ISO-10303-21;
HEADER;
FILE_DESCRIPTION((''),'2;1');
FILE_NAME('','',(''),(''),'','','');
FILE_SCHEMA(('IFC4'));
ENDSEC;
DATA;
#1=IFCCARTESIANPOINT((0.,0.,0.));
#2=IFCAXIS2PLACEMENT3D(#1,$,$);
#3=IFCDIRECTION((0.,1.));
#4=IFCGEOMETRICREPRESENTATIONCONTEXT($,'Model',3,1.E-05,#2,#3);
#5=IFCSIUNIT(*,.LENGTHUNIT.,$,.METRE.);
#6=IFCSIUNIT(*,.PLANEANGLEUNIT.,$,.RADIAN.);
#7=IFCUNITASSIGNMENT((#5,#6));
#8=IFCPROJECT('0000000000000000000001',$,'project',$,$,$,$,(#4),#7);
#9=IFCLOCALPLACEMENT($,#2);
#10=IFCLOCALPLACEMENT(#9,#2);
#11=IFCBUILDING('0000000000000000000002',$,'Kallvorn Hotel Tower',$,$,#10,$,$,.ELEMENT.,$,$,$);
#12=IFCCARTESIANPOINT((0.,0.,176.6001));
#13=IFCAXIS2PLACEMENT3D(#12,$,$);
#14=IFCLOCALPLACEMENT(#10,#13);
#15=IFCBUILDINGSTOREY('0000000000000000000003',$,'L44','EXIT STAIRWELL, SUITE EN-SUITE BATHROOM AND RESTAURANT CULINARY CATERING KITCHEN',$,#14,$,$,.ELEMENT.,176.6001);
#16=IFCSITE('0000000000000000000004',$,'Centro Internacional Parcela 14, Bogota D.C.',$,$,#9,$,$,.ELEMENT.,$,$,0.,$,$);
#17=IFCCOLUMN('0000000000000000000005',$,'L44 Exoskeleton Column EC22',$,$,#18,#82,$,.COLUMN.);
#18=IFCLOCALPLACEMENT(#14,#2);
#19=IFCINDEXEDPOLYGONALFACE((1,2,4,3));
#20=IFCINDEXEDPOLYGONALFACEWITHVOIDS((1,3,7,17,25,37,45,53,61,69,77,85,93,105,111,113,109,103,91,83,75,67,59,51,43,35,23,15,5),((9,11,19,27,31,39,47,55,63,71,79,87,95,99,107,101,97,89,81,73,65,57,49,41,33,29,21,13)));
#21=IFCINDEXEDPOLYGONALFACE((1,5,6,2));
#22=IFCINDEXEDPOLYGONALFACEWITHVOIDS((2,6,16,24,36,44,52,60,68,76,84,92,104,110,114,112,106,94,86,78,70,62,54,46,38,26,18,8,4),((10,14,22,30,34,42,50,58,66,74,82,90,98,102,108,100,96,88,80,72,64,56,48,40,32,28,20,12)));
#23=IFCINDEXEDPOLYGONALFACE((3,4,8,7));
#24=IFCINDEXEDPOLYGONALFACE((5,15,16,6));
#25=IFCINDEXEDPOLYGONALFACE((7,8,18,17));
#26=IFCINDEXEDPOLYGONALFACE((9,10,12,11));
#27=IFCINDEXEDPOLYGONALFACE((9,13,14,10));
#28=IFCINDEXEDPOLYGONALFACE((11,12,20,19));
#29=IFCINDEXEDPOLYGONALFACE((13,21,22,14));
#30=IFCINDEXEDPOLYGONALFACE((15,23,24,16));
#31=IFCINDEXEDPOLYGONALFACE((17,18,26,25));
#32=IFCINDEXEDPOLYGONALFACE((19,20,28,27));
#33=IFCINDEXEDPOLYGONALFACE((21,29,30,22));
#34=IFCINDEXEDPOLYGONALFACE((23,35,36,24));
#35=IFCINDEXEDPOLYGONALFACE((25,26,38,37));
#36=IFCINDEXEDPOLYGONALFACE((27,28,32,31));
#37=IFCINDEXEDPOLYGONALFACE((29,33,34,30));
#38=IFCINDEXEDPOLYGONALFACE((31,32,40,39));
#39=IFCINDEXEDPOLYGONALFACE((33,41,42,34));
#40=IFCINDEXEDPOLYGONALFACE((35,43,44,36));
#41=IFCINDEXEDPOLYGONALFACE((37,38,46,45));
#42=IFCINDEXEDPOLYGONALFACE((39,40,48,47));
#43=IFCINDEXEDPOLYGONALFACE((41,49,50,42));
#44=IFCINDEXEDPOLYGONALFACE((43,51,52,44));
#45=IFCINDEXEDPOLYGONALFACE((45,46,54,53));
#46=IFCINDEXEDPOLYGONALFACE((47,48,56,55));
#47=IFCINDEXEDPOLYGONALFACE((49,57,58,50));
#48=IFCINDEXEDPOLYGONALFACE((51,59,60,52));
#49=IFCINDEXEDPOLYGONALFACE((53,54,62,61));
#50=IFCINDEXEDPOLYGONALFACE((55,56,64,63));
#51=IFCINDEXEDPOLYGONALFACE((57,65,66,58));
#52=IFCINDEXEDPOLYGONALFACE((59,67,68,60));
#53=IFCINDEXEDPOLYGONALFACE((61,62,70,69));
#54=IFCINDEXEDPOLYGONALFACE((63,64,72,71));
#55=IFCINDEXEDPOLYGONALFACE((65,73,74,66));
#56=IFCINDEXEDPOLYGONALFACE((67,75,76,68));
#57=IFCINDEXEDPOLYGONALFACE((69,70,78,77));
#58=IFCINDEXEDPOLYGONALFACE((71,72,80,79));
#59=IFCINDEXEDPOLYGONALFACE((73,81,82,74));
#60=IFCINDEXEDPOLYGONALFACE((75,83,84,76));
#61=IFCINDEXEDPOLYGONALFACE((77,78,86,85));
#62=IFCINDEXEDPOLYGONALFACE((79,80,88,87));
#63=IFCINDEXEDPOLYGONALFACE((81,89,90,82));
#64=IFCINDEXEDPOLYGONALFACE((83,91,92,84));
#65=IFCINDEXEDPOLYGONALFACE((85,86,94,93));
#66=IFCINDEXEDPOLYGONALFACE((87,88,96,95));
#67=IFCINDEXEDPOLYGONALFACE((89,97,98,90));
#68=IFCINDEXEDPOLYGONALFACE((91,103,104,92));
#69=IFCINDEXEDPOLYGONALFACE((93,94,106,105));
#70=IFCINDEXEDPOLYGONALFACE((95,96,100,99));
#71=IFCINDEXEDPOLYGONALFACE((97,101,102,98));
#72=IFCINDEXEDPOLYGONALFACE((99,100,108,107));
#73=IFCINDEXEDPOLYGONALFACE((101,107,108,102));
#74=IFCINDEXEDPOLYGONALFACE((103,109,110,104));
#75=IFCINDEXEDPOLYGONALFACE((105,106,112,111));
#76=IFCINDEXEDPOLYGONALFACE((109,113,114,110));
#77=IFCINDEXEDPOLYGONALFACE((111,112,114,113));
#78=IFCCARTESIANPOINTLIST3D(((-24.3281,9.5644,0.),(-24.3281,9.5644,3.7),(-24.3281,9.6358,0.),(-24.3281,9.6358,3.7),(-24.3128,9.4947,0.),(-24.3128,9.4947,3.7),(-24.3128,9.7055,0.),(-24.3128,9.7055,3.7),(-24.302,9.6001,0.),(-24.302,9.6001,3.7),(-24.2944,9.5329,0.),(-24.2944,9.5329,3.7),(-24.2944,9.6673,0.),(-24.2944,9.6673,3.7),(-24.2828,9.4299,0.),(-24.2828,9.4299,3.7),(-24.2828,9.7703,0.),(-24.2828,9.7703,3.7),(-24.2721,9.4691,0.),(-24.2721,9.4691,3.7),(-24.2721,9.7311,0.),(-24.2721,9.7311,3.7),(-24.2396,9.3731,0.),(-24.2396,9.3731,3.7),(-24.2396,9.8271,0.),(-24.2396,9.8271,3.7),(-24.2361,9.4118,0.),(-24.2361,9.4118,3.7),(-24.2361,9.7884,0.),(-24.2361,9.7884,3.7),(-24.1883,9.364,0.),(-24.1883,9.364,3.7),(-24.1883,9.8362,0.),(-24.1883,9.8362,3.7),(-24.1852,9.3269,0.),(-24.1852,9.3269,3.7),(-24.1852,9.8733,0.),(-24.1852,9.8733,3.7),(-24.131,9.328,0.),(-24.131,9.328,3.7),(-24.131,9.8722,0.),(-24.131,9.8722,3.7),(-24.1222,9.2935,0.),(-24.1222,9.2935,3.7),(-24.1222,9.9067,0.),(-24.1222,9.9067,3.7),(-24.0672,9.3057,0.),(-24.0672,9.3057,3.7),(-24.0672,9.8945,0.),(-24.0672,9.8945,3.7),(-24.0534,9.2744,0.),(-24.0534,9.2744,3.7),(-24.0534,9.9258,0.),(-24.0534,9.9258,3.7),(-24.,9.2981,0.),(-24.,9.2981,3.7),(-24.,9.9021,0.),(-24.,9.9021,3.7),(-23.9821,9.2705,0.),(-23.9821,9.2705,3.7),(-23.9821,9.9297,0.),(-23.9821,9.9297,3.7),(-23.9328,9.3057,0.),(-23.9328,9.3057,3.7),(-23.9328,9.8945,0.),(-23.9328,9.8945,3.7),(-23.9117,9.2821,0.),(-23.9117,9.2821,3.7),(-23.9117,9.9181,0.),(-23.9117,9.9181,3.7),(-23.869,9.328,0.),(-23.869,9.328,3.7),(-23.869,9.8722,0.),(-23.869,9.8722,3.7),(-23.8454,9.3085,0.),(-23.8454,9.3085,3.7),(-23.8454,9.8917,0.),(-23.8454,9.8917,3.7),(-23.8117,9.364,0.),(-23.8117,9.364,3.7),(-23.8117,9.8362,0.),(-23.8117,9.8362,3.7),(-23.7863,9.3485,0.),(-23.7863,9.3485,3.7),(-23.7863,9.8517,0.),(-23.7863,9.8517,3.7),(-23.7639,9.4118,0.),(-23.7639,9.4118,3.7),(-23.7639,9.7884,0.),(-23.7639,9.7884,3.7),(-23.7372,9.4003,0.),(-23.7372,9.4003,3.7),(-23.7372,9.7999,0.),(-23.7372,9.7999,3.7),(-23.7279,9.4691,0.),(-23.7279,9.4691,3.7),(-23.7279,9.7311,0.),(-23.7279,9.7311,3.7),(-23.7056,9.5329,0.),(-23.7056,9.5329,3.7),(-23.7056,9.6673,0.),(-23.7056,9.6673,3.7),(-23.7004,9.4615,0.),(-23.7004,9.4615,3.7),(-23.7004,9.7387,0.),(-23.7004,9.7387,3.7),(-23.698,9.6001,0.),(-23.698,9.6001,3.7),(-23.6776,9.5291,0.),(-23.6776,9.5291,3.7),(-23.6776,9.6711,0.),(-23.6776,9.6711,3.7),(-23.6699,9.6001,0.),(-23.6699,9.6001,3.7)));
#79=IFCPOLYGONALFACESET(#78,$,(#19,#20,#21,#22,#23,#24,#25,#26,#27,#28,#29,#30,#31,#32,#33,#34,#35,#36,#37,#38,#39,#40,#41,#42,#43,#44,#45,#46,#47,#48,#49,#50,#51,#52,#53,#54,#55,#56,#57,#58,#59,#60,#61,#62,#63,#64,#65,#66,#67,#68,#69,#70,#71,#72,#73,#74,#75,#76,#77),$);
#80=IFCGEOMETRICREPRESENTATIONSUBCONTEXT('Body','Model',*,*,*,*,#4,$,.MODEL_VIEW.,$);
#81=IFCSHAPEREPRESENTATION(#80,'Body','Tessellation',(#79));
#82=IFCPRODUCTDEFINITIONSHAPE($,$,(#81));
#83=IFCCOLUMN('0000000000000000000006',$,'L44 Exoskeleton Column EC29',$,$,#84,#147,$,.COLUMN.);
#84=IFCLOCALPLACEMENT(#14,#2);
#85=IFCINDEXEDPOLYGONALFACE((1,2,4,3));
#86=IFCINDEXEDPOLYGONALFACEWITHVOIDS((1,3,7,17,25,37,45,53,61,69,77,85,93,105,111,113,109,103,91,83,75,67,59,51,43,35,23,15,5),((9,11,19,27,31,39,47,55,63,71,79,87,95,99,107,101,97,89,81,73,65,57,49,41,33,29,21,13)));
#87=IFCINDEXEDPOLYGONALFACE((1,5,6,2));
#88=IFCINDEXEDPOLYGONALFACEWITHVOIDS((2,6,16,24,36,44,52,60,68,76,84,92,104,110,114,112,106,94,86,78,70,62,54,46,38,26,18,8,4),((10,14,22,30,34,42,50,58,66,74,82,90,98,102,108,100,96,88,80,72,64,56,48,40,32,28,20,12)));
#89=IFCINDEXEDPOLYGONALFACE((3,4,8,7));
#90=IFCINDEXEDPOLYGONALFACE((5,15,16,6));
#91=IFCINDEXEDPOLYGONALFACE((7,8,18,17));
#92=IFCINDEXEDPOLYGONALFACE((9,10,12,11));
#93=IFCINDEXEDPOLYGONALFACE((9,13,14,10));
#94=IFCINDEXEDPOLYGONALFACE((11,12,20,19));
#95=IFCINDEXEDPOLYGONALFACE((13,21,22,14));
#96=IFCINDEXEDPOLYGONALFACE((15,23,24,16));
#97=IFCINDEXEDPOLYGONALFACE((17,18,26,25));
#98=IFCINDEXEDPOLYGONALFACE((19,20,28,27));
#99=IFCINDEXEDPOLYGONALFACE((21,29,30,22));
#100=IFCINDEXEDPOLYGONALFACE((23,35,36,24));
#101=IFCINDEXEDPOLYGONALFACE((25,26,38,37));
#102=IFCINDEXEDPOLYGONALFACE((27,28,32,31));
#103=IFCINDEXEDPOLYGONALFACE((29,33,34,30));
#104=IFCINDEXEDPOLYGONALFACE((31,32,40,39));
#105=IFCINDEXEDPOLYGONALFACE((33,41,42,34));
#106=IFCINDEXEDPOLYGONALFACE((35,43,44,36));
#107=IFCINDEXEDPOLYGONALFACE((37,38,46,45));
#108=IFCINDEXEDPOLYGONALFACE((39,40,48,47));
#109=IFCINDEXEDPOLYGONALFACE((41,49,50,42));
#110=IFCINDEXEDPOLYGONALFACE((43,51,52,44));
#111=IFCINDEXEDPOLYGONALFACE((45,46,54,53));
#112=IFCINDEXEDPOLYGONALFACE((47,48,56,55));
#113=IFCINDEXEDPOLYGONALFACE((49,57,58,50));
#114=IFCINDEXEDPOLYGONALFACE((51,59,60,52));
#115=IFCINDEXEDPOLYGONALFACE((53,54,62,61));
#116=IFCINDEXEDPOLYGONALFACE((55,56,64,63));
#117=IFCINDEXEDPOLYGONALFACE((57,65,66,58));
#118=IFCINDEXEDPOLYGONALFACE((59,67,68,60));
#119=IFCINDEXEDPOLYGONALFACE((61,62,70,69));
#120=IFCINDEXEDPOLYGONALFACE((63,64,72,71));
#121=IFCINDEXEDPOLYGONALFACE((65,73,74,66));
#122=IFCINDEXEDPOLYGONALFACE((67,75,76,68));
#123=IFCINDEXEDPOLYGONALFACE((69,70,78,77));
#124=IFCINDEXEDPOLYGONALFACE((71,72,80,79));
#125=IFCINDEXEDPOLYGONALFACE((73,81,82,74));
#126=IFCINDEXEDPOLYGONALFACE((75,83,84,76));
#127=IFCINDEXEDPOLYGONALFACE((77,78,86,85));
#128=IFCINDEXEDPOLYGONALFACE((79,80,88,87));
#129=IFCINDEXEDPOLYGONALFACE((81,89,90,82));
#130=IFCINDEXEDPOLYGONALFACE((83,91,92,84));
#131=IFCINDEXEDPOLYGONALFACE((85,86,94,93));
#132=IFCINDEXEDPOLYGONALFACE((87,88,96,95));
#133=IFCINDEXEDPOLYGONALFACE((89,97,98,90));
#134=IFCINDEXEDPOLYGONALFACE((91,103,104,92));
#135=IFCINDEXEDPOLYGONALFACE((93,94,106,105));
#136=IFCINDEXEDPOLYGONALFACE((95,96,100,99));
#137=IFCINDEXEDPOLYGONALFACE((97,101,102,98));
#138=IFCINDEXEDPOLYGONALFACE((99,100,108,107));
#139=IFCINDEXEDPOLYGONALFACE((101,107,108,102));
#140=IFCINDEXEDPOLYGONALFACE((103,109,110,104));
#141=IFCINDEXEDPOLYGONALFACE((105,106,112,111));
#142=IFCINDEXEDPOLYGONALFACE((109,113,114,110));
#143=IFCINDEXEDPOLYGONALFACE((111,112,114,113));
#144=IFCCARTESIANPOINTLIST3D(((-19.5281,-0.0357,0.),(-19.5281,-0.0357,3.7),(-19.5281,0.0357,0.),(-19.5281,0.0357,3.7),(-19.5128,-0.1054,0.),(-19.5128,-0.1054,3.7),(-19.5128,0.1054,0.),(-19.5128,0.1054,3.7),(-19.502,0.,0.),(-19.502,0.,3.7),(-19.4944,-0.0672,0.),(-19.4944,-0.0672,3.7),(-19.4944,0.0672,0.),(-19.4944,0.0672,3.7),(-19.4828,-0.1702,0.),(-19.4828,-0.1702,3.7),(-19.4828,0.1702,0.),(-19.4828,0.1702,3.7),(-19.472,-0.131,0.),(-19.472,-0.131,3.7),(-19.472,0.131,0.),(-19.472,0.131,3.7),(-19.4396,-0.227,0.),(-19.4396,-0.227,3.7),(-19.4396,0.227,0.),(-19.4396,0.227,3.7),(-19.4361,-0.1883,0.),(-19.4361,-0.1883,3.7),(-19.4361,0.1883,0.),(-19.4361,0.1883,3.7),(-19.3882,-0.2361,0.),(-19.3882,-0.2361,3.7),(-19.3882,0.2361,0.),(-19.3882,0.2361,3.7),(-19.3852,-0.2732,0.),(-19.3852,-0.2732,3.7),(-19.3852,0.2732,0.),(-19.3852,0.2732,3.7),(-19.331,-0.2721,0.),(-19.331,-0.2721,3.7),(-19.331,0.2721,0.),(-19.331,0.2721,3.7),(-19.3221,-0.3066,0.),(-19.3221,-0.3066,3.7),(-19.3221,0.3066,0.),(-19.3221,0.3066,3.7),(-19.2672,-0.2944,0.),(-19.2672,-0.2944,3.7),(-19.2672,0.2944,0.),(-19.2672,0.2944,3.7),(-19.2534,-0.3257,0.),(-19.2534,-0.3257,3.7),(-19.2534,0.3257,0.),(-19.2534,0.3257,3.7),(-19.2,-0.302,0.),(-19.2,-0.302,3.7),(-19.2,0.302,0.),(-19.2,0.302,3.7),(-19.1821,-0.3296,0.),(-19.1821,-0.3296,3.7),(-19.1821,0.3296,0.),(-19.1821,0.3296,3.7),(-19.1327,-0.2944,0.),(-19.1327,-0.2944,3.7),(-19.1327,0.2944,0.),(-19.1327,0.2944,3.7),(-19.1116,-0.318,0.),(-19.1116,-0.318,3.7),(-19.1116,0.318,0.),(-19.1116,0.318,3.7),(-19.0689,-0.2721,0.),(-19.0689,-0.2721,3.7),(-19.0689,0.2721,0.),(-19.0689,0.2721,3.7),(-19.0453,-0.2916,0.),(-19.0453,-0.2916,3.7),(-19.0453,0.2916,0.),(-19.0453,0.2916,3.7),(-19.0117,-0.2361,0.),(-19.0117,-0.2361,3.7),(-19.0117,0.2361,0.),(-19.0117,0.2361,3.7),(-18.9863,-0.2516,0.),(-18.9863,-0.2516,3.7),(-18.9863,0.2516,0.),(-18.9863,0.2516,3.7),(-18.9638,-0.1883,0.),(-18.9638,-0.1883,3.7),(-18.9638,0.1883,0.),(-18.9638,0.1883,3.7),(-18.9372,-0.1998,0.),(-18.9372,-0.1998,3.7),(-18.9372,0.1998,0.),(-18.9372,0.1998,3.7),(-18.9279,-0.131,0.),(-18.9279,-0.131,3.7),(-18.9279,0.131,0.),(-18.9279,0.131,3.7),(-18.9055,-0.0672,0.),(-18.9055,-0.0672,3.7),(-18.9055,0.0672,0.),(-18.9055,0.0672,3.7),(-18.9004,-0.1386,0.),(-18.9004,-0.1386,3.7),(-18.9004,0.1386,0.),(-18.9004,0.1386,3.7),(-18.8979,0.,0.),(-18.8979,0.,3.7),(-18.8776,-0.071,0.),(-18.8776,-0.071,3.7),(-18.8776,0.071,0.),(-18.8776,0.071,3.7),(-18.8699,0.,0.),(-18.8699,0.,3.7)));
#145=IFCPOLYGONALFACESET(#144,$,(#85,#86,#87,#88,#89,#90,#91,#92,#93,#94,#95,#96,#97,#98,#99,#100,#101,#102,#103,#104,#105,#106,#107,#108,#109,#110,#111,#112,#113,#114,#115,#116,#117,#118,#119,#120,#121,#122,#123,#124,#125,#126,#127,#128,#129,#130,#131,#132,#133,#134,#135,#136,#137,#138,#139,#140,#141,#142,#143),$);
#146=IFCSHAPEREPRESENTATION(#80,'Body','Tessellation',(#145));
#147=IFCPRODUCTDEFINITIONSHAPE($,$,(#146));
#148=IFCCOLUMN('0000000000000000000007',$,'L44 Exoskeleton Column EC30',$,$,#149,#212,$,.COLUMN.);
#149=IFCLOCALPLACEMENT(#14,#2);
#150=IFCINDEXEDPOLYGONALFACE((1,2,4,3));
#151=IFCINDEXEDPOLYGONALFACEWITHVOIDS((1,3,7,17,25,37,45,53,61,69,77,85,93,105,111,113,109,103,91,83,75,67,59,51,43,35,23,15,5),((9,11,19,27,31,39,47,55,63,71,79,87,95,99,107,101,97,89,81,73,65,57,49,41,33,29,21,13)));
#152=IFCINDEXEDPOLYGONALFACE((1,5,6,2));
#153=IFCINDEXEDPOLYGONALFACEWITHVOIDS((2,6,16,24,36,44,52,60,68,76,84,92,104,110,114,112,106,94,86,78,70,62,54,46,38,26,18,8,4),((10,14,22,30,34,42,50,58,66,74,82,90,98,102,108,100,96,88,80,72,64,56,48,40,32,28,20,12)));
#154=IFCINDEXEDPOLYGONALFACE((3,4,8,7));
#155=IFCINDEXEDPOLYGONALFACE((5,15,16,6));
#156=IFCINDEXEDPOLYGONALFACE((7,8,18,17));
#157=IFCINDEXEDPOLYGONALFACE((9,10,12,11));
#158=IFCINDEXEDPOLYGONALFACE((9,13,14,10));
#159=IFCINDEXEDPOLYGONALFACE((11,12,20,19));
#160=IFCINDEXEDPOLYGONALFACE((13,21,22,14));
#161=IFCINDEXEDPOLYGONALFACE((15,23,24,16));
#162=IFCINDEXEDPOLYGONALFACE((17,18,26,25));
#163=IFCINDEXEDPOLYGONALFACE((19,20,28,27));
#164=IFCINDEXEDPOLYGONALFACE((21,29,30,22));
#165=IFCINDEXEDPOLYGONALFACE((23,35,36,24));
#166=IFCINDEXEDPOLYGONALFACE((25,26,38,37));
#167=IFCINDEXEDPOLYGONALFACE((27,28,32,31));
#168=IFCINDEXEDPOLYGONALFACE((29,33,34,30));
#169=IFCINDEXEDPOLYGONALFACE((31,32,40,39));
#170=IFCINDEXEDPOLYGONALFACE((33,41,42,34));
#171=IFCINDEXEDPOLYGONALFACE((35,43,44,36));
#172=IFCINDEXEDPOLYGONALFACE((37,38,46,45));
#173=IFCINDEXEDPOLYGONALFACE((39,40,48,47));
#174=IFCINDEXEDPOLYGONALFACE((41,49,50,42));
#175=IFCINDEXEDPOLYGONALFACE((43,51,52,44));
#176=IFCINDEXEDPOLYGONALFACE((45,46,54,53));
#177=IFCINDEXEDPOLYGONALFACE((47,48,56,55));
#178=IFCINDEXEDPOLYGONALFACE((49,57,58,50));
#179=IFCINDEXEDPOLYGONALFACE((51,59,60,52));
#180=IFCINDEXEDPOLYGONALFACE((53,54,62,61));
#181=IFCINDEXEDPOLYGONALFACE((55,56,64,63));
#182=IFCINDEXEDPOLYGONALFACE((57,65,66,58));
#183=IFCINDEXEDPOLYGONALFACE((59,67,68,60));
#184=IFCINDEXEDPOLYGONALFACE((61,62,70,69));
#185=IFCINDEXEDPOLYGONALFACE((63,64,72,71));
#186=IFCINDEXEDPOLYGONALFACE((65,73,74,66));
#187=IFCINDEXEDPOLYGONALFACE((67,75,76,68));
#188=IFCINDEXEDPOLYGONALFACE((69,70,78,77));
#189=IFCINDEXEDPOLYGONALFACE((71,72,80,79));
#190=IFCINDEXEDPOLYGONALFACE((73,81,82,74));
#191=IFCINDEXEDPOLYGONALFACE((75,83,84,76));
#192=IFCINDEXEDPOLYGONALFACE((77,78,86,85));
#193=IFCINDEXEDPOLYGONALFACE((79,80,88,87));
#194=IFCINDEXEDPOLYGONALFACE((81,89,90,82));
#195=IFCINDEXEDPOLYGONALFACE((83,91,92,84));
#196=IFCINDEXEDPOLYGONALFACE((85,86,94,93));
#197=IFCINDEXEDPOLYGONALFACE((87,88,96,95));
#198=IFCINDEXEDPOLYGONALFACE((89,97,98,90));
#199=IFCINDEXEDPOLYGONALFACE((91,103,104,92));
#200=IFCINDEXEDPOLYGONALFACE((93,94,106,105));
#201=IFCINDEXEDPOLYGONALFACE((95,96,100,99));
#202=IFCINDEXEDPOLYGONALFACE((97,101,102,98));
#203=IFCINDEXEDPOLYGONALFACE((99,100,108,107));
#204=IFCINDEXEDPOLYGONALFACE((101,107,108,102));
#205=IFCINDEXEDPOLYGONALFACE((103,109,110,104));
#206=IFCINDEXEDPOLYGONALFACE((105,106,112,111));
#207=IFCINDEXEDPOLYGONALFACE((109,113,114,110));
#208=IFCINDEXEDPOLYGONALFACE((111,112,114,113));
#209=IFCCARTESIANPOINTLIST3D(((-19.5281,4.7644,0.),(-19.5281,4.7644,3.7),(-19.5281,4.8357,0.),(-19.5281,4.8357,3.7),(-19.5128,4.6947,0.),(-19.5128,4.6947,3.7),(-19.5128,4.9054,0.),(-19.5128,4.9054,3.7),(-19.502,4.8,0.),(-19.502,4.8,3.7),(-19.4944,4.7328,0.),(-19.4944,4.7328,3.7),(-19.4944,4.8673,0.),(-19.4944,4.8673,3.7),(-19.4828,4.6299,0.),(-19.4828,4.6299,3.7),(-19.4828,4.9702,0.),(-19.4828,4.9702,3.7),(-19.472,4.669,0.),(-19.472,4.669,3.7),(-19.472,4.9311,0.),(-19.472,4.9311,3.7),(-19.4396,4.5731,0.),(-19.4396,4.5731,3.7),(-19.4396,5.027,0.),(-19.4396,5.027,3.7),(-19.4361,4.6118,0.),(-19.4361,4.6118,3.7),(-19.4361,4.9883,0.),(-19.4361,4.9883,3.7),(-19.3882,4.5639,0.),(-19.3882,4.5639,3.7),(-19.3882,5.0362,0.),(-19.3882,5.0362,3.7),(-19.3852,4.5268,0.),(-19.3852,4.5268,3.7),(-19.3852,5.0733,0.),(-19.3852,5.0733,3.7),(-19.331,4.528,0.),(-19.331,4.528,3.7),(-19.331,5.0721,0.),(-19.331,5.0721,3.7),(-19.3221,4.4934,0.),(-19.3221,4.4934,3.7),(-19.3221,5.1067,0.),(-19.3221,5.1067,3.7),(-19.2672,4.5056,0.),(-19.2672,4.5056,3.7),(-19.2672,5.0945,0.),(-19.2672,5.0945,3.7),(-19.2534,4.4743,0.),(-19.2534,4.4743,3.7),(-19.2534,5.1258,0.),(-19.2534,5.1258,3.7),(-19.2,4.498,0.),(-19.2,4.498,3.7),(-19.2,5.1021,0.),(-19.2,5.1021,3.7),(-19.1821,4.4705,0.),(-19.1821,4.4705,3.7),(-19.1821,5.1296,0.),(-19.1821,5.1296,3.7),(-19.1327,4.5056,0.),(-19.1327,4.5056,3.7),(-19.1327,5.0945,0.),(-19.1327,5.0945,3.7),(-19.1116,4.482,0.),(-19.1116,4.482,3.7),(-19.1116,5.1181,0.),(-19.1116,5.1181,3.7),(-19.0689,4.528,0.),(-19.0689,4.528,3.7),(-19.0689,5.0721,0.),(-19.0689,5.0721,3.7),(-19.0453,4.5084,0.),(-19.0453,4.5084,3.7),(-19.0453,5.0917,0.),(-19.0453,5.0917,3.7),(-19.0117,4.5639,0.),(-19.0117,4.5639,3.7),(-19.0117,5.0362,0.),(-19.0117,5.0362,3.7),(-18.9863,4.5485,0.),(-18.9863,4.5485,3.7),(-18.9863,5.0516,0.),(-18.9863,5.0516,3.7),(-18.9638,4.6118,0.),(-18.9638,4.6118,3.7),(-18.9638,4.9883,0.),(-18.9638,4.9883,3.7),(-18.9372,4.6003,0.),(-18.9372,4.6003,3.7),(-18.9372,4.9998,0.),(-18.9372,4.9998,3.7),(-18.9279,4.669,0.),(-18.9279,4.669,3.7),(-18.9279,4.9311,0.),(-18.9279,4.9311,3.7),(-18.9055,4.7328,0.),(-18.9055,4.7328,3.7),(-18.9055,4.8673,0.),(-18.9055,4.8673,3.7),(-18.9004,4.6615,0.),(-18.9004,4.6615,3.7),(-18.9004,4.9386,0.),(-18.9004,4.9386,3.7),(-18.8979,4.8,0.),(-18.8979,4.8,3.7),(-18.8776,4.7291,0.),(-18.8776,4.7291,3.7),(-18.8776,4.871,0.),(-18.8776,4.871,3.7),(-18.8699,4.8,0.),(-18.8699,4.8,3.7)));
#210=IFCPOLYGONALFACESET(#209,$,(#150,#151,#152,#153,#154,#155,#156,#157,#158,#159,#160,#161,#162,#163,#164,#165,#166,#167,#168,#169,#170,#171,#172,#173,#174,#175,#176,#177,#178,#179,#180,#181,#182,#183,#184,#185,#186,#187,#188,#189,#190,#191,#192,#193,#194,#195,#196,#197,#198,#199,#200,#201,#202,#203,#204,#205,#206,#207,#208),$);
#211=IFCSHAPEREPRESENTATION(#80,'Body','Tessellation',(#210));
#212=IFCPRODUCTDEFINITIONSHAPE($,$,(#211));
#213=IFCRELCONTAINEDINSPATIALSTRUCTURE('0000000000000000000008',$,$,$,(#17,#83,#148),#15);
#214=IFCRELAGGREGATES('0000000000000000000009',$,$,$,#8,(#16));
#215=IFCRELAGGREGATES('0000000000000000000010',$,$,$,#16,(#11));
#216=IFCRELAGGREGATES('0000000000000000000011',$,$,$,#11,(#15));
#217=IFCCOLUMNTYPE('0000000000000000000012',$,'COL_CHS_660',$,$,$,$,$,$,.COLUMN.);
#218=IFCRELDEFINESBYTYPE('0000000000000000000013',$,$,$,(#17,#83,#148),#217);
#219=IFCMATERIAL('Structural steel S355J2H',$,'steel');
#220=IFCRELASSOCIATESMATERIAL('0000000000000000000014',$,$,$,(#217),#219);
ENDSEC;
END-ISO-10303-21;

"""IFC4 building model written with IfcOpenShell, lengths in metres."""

from ifc_helpers import new_model, si_unit, direction, frame, origin, origin_2d, place, context, subcontext, project, spatial, hollow_circle, extrude, material, material_profile, profile_set, type_object, element, save


model = new_model("IFC4")

# Units and contexts
model_context = context("Model", 3, precision=1e-05, world=origin(), true_north=direction((0.0, 1.0)))
body_context = subcontext(model_context, "Body", "Model", "MODEL_VIEW")
ifc_project = project(units=[si_unit("LENGTHUNIT", "METRE"), si_unit("PLANEANGLEUNIT", "RADIAN")], contexts=[model_context])

# Site, building, storey
site_placement = place(None, origin())
site = spatial("IfcSite", under=ifc_project, at=site_placement, Name="Centro Internacional Parcela 14, Bogota D.C.", CompositionType="ELEMENT", RefElevation=0.0)
building_placement = place(site_placement, origin())
building = spatial("IfcBuilding", under=site, at=building_placement, Name="Kallvorn Hotel Tower", CompositionType="ELEMENT")
storey_placement = place(building_placement, frame((0.0, 0.0, 176.6001)))
storey = spatial("IfcBuildingStorey", under=building, at=storey_placement, Name="L44", Description="EXIT STAIRWELL, SUITE EN-SUITE BATHROOM AND RESTAURANT CULINARY CATERING KITCHEN", CompositionType="ELEMENT", Elevation=176.6001)

# Columns
ifc_material_1 = material(Name="Structural steel S355J2H", Category="steel")
ifc_material_profile_1 = material_profile(ifc_material_1, hollow_circle(Radius=0.3301, WallThickness=0.0281, at=origin_2d()), Name="CHS 660x28")
ifc_profile_set_1 = profile_set([ifc_material_profile_1], Name="Structural steel S355J2H")
column_type_1 = type_object("IfcColumnType", Name="COL_CHS_660", PredefinedType="COLUMN", material=ifc_profile_set_1)
for number, where, z_axis, x_axis, name in (
    (1, (-24.0, 9.6001, 0.0), (0.0, 0.0, 1.0), (1.0, 0.0, 0.0), "L44 Exoskeleton Column EC22"),
    (2, (-19.2, 0.0, 0.0), (0.0, 0.0, 1.0), (1.0, 0.0, 0.0), "L44 Exoskeleton Column EC29"),
    (3, (-19.2, 4.8, 0.0), (0.0, 0.0, 1.0), (1.0, 0.0, 0.0), "L44 Exoskeleton Column EC30"),
):
    element("IfcColumn", number, at=place(storey_placement, frame(where, z_axis=z_axis, x_axis=x_axis)), inside=storey, type_object=column_type_1, Name=name, PredefinedType="COLUMN", context=body_context, shape_type="SweptSolid", body=[
        extrude(hollow_circle(Radius=0.3301, WallThickness=0.0281, at=origin_2d()), origin(), (0.0, 0.0, 1.0), 3.7),
    ])

save(model, "model.ifc")
